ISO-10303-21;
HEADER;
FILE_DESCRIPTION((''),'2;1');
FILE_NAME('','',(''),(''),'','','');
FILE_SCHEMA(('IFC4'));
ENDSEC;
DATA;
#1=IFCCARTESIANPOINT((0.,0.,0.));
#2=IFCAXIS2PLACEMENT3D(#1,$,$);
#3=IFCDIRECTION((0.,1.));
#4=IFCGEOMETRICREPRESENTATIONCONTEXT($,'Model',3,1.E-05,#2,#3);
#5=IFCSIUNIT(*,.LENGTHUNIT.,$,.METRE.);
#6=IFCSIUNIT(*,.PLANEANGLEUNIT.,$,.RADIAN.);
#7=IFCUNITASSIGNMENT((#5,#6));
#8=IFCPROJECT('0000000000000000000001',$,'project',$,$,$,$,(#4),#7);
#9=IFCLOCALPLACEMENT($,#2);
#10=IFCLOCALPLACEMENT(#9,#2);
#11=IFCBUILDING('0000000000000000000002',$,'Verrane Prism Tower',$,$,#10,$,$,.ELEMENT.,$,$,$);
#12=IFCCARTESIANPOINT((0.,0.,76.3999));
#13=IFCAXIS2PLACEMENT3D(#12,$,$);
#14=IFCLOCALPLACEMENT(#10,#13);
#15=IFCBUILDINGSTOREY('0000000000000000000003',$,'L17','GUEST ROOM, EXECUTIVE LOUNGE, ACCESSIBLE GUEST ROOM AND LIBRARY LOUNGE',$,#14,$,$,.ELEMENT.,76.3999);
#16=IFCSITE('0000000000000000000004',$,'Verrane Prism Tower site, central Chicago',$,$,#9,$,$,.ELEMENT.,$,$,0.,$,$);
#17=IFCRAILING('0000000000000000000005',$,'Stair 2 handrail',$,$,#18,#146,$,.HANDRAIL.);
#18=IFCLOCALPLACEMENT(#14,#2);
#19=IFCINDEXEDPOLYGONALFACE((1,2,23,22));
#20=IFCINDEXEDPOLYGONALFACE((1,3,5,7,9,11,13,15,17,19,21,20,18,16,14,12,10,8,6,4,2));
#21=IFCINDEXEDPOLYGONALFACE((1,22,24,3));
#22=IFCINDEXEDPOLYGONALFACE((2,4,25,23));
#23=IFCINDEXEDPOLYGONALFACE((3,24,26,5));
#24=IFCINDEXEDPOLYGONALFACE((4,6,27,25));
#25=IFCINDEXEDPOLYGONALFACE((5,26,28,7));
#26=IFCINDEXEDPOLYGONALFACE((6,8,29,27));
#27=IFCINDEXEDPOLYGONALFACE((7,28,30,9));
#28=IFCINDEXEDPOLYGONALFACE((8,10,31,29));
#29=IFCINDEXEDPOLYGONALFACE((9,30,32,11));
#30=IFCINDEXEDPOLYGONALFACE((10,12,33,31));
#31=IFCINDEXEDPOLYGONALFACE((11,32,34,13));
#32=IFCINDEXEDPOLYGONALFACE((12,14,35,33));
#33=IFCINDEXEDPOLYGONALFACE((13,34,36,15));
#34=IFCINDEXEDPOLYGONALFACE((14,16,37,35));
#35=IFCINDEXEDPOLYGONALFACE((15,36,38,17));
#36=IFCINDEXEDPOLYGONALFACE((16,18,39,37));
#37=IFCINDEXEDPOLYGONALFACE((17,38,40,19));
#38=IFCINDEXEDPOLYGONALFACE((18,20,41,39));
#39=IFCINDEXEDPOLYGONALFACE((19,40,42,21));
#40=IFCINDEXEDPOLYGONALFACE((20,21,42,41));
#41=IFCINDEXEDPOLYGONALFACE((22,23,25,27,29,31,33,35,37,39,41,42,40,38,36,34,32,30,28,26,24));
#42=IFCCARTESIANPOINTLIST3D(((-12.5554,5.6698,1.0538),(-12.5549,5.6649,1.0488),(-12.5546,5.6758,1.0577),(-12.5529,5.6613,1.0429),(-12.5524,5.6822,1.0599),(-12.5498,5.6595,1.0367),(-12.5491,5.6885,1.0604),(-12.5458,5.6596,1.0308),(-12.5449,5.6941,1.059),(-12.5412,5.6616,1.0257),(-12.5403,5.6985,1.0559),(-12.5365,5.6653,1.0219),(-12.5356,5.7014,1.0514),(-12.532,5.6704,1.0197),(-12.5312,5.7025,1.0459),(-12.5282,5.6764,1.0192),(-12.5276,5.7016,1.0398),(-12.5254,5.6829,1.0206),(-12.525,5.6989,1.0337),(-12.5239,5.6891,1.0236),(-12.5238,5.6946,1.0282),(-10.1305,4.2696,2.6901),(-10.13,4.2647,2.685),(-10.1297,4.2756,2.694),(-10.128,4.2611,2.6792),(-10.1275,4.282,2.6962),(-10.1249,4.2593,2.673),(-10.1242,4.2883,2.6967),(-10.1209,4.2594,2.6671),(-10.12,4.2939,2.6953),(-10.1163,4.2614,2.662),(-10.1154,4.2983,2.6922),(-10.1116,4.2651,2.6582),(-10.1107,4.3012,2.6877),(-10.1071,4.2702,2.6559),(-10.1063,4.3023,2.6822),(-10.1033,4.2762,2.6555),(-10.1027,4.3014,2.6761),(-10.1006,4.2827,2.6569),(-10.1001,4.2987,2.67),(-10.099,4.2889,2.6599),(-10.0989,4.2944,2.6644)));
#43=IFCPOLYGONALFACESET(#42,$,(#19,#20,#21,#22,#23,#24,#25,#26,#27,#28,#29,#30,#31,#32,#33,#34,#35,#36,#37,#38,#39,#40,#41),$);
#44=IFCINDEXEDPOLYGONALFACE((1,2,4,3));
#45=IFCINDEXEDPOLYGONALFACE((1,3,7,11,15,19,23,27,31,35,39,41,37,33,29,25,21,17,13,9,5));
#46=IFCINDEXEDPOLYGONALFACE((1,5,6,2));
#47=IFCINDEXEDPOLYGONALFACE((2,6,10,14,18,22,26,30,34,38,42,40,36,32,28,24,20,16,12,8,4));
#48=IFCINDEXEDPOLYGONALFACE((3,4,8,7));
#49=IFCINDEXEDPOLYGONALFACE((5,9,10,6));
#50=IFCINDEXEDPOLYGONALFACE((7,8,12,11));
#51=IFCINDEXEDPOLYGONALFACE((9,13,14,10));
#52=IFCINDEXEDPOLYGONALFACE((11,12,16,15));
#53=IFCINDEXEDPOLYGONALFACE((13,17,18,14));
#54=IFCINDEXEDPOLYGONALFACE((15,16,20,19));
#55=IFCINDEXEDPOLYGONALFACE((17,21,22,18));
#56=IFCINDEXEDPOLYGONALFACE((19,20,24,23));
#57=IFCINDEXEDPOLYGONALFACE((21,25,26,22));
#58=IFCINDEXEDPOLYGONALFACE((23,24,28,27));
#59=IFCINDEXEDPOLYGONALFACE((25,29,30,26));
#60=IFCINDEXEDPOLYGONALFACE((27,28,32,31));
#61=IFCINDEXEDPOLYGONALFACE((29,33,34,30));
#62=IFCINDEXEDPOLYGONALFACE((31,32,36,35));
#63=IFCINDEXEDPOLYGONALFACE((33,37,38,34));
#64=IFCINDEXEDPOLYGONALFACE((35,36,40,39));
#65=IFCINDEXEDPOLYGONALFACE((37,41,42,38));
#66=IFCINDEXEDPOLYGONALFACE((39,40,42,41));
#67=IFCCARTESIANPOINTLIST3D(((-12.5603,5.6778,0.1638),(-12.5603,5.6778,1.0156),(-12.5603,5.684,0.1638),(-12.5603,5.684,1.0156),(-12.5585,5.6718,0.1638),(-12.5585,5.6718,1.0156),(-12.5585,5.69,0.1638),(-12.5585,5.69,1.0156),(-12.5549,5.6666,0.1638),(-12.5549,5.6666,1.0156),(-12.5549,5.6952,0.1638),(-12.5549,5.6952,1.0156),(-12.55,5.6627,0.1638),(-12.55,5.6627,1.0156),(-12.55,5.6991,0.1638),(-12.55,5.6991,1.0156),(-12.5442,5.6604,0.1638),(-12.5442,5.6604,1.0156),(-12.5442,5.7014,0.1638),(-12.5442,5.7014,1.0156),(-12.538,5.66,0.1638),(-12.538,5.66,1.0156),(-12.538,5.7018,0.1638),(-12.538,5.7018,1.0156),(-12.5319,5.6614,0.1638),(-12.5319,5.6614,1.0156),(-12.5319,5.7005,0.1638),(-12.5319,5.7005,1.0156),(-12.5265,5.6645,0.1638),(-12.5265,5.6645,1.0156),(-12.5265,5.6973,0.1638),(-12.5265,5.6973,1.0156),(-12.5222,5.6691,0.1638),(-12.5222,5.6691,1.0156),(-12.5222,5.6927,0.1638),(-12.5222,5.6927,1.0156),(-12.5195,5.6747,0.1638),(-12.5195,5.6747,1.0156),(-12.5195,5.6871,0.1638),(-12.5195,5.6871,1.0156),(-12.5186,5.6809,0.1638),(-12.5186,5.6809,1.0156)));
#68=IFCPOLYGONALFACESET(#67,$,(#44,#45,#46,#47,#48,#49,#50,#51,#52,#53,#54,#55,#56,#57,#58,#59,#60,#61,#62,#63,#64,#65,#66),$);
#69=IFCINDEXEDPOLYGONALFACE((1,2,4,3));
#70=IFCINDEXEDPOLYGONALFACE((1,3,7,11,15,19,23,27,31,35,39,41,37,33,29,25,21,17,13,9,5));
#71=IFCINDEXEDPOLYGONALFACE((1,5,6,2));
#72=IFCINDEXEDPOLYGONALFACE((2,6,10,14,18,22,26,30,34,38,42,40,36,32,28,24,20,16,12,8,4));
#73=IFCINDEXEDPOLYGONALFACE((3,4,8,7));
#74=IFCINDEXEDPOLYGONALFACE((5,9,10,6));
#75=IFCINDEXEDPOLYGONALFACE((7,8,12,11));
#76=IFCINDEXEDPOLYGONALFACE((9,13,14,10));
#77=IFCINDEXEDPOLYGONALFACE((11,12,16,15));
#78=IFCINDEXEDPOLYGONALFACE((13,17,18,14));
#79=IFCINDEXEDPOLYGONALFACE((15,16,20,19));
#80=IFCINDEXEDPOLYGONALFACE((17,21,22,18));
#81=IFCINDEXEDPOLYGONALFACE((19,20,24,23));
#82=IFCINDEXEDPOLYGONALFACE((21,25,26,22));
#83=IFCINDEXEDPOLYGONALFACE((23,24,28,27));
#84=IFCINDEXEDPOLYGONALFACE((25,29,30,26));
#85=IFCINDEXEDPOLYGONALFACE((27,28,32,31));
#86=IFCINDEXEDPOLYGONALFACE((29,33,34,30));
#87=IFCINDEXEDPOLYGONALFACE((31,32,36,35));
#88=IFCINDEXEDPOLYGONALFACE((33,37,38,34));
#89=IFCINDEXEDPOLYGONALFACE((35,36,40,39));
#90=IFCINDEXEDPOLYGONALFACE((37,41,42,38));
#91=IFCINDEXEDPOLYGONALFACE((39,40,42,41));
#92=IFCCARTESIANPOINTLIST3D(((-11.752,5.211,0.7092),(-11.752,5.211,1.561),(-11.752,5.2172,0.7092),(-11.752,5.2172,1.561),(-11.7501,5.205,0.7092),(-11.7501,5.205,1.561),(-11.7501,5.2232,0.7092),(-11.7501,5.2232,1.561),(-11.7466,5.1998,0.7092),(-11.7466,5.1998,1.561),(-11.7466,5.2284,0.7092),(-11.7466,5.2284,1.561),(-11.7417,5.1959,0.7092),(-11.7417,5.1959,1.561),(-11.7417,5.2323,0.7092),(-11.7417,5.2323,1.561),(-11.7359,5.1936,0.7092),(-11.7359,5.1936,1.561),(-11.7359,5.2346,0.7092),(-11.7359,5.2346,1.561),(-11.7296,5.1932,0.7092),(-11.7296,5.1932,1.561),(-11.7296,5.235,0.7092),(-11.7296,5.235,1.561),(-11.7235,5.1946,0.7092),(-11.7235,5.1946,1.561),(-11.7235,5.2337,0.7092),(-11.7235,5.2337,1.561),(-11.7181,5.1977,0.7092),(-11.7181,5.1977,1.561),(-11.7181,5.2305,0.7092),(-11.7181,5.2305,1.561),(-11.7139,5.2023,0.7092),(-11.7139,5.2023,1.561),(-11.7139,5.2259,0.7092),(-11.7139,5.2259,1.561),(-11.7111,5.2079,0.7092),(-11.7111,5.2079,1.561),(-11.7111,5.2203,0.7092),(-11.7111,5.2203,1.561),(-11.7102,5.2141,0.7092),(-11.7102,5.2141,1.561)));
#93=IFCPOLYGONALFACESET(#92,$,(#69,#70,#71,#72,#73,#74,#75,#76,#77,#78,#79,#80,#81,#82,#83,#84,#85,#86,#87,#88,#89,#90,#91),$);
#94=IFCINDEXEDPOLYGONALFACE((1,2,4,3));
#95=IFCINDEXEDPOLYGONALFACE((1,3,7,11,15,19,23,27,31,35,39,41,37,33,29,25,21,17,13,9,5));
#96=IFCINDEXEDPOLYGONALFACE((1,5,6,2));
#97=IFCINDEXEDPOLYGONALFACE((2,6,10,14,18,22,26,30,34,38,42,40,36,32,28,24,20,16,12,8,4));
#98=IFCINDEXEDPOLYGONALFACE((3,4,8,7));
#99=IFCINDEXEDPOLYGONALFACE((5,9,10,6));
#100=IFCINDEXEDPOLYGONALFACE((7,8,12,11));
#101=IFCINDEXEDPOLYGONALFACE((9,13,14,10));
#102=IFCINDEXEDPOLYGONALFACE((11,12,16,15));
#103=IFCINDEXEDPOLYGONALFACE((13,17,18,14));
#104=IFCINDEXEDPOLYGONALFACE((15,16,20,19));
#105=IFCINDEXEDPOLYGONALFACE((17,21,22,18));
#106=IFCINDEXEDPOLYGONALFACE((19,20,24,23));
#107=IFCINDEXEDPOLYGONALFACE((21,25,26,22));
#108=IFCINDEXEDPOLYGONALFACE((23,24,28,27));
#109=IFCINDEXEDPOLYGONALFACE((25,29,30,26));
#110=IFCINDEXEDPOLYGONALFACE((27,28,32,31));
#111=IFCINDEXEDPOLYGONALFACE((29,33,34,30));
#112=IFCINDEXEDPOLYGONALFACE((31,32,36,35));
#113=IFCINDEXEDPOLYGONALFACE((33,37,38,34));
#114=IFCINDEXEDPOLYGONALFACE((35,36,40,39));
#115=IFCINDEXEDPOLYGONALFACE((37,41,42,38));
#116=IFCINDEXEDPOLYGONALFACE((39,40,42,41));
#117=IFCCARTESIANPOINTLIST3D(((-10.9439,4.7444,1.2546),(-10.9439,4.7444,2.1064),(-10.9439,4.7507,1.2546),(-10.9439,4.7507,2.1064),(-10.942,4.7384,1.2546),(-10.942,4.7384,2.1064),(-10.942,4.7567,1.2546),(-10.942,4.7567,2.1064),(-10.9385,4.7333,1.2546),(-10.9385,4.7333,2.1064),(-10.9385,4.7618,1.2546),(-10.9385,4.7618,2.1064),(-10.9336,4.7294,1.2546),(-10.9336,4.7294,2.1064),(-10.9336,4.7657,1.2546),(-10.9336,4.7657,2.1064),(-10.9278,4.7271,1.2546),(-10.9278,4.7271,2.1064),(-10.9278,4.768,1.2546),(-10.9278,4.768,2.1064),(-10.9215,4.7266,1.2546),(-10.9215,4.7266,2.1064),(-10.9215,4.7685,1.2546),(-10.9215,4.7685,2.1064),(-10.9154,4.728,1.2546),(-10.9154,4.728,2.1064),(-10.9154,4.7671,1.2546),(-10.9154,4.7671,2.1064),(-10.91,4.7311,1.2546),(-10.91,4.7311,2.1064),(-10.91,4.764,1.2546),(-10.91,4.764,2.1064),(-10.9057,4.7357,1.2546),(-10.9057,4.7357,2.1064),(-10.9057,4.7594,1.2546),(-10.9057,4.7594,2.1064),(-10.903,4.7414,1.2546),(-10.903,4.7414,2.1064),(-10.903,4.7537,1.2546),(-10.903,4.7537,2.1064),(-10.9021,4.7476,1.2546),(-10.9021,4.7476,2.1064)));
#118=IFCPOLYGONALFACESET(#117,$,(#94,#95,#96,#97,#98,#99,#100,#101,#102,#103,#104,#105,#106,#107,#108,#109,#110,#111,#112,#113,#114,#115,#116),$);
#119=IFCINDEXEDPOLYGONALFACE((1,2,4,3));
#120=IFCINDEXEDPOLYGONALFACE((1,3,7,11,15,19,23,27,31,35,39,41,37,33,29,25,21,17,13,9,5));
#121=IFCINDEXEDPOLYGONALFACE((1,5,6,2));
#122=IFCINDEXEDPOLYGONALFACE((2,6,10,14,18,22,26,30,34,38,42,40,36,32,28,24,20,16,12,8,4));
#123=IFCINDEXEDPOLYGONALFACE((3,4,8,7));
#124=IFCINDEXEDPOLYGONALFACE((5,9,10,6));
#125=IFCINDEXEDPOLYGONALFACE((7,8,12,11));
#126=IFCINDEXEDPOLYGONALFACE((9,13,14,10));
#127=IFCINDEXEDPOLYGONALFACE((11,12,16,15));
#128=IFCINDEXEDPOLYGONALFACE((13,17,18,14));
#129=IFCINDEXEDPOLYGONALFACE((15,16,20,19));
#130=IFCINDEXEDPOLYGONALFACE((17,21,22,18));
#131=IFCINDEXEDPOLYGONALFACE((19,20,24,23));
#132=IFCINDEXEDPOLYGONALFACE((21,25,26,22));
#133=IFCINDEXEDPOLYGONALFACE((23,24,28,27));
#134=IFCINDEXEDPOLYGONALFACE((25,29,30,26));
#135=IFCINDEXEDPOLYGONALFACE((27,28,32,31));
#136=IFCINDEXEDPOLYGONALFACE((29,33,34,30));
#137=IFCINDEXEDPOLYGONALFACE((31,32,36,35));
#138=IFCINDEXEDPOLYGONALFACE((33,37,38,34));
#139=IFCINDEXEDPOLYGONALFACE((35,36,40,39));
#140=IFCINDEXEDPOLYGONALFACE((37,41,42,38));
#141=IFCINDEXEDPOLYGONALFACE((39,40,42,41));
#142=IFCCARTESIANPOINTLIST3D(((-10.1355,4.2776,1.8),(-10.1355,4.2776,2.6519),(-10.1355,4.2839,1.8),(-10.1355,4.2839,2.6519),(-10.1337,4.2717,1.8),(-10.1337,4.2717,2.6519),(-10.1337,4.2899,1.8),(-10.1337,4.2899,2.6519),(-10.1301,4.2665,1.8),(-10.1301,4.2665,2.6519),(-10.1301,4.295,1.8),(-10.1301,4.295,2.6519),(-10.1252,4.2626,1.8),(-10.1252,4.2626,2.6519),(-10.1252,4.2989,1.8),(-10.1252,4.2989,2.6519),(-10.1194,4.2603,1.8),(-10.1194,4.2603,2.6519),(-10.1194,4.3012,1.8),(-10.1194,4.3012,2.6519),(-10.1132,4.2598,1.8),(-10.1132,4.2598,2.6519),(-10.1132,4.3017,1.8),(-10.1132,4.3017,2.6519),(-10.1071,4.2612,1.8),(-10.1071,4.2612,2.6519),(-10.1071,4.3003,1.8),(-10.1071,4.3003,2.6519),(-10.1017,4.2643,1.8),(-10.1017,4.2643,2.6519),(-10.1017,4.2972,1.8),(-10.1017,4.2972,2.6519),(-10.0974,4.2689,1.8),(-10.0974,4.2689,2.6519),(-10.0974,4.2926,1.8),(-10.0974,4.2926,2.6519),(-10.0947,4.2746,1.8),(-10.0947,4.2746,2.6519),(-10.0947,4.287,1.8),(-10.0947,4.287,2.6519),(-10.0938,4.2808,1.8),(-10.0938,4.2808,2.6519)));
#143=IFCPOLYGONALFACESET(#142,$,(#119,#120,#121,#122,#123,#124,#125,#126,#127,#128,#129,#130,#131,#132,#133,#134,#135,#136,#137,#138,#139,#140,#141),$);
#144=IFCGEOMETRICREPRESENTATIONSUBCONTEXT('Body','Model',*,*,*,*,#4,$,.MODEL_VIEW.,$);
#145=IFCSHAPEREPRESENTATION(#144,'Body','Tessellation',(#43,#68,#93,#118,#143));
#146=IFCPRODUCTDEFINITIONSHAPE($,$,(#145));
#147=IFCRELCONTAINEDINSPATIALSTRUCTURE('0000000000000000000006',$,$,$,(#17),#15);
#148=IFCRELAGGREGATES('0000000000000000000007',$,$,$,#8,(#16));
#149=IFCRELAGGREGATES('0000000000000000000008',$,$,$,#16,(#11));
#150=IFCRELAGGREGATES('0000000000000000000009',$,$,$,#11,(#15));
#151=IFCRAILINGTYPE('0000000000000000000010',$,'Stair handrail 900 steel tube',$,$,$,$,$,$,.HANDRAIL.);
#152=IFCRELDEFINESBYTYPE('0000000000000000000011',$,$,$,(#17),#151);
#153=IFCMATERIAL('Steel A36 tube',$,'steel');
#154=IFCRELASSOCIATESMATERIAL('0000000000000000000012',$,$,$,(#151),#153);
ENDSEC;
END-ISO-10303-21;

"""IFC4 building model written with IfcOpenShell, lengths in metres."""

from ifc_helpers import new_model, si_unit, direction, frame, origin, origin_2d, place, context, subcontext, project, spatial, circle, extrude, material, type_object, element, save


model = new_model("IFC4")

# Units and contexts
model_context = context("Model", 3, precision=1e-05, world=origin(), true_north=direction((0.0, 1.0)))
body_context = subcontext(model_context, "Body", "Model", "MODEL_VIEW")
ifc_project = project(units=[si_unit("LENGTHUNIT", "METRE"), si_unit("PLANEANGLEUNIT", "RADIAN")], contexts=[model_context])

# Site, building, storey
site_placement = place(None, origin())
site = spatial("IfcSite", under=ifc_project, at=site_placement, Name="Verrane Prism Tower site, central Chicago", CompositionType="ELEMENT", RefElevation=0.0)
building_placement = place(site_placement, origin())
building = spatial("IfcBuilding", under=site, at=building_placement, Name="Verrane Prism Tower", CompositionType="ELEMENT")
storey_placement = place(building_placement, frame((0.0, 0.0, 76.3999)))
storey = spatial("IfcBuildingStorey", under=building, at=storey_placement, Name="L17", Description="GUEST ROOM, EXECUTIVE LOUNGE, ACCESSIBLE GUEST ROOM AND LIBRARY LOUNGE", CompositionType="ELEMENT", Elevation=76.3999)

# Railing
ifc_material_1 = material(Name="Steel A36 tube", Category="steel")
railing_type_1 = type_object("IfcRailingType", Name="Stair handrail 900 steel tube", PredefinedType="HANDRAIL", material=ifc_material_1)
railing_1_placement = place(storey_placement, frame((-12.5396, 5.6809, 0.1638)))
element("IfcRailing", 1, at=railing_1_placement, inside=storey, type_object=railing_type_1, Name="Stair 2 handrail", PredefinedType="HANDRAIL", context=body_context, shape_type="SweptSolid", body=[
    extrude(circle(Radius=0.0239, at=origin_2d()), frame((0.0, 0.0, 0.876), z_axis=(0.747694, -0.431738, 0.504535), x_axis=(0.50005, 0.865997, 0.0)), (0.0, 0.0, 1.0), 3.2432),
    extrude(circle(Radius=0.021, at=origin_2d()), origin(), (0.0, 0.0, 1.0), 0.8518),
    extrude(circle(Radius=0.021, at=origin_2d()), frame((0.8083, -0.4668, 0.5454)), (0.0, 0.0, 1.0), 0.8518),
    extrude(circle(Radius=0.021, at=origin_2d()), frame((1.6165, -0.9333, 1.0908)), (0.0, 0.0, 1.0), 0.8518),
    extrude(circle(Radius=0.021, at=origin_2d()), frame((2.4248, -1.4001, 1.6362)), (0.0, 0.0, 1.0), 0.8518),
])

save(model, "model.ifc")
